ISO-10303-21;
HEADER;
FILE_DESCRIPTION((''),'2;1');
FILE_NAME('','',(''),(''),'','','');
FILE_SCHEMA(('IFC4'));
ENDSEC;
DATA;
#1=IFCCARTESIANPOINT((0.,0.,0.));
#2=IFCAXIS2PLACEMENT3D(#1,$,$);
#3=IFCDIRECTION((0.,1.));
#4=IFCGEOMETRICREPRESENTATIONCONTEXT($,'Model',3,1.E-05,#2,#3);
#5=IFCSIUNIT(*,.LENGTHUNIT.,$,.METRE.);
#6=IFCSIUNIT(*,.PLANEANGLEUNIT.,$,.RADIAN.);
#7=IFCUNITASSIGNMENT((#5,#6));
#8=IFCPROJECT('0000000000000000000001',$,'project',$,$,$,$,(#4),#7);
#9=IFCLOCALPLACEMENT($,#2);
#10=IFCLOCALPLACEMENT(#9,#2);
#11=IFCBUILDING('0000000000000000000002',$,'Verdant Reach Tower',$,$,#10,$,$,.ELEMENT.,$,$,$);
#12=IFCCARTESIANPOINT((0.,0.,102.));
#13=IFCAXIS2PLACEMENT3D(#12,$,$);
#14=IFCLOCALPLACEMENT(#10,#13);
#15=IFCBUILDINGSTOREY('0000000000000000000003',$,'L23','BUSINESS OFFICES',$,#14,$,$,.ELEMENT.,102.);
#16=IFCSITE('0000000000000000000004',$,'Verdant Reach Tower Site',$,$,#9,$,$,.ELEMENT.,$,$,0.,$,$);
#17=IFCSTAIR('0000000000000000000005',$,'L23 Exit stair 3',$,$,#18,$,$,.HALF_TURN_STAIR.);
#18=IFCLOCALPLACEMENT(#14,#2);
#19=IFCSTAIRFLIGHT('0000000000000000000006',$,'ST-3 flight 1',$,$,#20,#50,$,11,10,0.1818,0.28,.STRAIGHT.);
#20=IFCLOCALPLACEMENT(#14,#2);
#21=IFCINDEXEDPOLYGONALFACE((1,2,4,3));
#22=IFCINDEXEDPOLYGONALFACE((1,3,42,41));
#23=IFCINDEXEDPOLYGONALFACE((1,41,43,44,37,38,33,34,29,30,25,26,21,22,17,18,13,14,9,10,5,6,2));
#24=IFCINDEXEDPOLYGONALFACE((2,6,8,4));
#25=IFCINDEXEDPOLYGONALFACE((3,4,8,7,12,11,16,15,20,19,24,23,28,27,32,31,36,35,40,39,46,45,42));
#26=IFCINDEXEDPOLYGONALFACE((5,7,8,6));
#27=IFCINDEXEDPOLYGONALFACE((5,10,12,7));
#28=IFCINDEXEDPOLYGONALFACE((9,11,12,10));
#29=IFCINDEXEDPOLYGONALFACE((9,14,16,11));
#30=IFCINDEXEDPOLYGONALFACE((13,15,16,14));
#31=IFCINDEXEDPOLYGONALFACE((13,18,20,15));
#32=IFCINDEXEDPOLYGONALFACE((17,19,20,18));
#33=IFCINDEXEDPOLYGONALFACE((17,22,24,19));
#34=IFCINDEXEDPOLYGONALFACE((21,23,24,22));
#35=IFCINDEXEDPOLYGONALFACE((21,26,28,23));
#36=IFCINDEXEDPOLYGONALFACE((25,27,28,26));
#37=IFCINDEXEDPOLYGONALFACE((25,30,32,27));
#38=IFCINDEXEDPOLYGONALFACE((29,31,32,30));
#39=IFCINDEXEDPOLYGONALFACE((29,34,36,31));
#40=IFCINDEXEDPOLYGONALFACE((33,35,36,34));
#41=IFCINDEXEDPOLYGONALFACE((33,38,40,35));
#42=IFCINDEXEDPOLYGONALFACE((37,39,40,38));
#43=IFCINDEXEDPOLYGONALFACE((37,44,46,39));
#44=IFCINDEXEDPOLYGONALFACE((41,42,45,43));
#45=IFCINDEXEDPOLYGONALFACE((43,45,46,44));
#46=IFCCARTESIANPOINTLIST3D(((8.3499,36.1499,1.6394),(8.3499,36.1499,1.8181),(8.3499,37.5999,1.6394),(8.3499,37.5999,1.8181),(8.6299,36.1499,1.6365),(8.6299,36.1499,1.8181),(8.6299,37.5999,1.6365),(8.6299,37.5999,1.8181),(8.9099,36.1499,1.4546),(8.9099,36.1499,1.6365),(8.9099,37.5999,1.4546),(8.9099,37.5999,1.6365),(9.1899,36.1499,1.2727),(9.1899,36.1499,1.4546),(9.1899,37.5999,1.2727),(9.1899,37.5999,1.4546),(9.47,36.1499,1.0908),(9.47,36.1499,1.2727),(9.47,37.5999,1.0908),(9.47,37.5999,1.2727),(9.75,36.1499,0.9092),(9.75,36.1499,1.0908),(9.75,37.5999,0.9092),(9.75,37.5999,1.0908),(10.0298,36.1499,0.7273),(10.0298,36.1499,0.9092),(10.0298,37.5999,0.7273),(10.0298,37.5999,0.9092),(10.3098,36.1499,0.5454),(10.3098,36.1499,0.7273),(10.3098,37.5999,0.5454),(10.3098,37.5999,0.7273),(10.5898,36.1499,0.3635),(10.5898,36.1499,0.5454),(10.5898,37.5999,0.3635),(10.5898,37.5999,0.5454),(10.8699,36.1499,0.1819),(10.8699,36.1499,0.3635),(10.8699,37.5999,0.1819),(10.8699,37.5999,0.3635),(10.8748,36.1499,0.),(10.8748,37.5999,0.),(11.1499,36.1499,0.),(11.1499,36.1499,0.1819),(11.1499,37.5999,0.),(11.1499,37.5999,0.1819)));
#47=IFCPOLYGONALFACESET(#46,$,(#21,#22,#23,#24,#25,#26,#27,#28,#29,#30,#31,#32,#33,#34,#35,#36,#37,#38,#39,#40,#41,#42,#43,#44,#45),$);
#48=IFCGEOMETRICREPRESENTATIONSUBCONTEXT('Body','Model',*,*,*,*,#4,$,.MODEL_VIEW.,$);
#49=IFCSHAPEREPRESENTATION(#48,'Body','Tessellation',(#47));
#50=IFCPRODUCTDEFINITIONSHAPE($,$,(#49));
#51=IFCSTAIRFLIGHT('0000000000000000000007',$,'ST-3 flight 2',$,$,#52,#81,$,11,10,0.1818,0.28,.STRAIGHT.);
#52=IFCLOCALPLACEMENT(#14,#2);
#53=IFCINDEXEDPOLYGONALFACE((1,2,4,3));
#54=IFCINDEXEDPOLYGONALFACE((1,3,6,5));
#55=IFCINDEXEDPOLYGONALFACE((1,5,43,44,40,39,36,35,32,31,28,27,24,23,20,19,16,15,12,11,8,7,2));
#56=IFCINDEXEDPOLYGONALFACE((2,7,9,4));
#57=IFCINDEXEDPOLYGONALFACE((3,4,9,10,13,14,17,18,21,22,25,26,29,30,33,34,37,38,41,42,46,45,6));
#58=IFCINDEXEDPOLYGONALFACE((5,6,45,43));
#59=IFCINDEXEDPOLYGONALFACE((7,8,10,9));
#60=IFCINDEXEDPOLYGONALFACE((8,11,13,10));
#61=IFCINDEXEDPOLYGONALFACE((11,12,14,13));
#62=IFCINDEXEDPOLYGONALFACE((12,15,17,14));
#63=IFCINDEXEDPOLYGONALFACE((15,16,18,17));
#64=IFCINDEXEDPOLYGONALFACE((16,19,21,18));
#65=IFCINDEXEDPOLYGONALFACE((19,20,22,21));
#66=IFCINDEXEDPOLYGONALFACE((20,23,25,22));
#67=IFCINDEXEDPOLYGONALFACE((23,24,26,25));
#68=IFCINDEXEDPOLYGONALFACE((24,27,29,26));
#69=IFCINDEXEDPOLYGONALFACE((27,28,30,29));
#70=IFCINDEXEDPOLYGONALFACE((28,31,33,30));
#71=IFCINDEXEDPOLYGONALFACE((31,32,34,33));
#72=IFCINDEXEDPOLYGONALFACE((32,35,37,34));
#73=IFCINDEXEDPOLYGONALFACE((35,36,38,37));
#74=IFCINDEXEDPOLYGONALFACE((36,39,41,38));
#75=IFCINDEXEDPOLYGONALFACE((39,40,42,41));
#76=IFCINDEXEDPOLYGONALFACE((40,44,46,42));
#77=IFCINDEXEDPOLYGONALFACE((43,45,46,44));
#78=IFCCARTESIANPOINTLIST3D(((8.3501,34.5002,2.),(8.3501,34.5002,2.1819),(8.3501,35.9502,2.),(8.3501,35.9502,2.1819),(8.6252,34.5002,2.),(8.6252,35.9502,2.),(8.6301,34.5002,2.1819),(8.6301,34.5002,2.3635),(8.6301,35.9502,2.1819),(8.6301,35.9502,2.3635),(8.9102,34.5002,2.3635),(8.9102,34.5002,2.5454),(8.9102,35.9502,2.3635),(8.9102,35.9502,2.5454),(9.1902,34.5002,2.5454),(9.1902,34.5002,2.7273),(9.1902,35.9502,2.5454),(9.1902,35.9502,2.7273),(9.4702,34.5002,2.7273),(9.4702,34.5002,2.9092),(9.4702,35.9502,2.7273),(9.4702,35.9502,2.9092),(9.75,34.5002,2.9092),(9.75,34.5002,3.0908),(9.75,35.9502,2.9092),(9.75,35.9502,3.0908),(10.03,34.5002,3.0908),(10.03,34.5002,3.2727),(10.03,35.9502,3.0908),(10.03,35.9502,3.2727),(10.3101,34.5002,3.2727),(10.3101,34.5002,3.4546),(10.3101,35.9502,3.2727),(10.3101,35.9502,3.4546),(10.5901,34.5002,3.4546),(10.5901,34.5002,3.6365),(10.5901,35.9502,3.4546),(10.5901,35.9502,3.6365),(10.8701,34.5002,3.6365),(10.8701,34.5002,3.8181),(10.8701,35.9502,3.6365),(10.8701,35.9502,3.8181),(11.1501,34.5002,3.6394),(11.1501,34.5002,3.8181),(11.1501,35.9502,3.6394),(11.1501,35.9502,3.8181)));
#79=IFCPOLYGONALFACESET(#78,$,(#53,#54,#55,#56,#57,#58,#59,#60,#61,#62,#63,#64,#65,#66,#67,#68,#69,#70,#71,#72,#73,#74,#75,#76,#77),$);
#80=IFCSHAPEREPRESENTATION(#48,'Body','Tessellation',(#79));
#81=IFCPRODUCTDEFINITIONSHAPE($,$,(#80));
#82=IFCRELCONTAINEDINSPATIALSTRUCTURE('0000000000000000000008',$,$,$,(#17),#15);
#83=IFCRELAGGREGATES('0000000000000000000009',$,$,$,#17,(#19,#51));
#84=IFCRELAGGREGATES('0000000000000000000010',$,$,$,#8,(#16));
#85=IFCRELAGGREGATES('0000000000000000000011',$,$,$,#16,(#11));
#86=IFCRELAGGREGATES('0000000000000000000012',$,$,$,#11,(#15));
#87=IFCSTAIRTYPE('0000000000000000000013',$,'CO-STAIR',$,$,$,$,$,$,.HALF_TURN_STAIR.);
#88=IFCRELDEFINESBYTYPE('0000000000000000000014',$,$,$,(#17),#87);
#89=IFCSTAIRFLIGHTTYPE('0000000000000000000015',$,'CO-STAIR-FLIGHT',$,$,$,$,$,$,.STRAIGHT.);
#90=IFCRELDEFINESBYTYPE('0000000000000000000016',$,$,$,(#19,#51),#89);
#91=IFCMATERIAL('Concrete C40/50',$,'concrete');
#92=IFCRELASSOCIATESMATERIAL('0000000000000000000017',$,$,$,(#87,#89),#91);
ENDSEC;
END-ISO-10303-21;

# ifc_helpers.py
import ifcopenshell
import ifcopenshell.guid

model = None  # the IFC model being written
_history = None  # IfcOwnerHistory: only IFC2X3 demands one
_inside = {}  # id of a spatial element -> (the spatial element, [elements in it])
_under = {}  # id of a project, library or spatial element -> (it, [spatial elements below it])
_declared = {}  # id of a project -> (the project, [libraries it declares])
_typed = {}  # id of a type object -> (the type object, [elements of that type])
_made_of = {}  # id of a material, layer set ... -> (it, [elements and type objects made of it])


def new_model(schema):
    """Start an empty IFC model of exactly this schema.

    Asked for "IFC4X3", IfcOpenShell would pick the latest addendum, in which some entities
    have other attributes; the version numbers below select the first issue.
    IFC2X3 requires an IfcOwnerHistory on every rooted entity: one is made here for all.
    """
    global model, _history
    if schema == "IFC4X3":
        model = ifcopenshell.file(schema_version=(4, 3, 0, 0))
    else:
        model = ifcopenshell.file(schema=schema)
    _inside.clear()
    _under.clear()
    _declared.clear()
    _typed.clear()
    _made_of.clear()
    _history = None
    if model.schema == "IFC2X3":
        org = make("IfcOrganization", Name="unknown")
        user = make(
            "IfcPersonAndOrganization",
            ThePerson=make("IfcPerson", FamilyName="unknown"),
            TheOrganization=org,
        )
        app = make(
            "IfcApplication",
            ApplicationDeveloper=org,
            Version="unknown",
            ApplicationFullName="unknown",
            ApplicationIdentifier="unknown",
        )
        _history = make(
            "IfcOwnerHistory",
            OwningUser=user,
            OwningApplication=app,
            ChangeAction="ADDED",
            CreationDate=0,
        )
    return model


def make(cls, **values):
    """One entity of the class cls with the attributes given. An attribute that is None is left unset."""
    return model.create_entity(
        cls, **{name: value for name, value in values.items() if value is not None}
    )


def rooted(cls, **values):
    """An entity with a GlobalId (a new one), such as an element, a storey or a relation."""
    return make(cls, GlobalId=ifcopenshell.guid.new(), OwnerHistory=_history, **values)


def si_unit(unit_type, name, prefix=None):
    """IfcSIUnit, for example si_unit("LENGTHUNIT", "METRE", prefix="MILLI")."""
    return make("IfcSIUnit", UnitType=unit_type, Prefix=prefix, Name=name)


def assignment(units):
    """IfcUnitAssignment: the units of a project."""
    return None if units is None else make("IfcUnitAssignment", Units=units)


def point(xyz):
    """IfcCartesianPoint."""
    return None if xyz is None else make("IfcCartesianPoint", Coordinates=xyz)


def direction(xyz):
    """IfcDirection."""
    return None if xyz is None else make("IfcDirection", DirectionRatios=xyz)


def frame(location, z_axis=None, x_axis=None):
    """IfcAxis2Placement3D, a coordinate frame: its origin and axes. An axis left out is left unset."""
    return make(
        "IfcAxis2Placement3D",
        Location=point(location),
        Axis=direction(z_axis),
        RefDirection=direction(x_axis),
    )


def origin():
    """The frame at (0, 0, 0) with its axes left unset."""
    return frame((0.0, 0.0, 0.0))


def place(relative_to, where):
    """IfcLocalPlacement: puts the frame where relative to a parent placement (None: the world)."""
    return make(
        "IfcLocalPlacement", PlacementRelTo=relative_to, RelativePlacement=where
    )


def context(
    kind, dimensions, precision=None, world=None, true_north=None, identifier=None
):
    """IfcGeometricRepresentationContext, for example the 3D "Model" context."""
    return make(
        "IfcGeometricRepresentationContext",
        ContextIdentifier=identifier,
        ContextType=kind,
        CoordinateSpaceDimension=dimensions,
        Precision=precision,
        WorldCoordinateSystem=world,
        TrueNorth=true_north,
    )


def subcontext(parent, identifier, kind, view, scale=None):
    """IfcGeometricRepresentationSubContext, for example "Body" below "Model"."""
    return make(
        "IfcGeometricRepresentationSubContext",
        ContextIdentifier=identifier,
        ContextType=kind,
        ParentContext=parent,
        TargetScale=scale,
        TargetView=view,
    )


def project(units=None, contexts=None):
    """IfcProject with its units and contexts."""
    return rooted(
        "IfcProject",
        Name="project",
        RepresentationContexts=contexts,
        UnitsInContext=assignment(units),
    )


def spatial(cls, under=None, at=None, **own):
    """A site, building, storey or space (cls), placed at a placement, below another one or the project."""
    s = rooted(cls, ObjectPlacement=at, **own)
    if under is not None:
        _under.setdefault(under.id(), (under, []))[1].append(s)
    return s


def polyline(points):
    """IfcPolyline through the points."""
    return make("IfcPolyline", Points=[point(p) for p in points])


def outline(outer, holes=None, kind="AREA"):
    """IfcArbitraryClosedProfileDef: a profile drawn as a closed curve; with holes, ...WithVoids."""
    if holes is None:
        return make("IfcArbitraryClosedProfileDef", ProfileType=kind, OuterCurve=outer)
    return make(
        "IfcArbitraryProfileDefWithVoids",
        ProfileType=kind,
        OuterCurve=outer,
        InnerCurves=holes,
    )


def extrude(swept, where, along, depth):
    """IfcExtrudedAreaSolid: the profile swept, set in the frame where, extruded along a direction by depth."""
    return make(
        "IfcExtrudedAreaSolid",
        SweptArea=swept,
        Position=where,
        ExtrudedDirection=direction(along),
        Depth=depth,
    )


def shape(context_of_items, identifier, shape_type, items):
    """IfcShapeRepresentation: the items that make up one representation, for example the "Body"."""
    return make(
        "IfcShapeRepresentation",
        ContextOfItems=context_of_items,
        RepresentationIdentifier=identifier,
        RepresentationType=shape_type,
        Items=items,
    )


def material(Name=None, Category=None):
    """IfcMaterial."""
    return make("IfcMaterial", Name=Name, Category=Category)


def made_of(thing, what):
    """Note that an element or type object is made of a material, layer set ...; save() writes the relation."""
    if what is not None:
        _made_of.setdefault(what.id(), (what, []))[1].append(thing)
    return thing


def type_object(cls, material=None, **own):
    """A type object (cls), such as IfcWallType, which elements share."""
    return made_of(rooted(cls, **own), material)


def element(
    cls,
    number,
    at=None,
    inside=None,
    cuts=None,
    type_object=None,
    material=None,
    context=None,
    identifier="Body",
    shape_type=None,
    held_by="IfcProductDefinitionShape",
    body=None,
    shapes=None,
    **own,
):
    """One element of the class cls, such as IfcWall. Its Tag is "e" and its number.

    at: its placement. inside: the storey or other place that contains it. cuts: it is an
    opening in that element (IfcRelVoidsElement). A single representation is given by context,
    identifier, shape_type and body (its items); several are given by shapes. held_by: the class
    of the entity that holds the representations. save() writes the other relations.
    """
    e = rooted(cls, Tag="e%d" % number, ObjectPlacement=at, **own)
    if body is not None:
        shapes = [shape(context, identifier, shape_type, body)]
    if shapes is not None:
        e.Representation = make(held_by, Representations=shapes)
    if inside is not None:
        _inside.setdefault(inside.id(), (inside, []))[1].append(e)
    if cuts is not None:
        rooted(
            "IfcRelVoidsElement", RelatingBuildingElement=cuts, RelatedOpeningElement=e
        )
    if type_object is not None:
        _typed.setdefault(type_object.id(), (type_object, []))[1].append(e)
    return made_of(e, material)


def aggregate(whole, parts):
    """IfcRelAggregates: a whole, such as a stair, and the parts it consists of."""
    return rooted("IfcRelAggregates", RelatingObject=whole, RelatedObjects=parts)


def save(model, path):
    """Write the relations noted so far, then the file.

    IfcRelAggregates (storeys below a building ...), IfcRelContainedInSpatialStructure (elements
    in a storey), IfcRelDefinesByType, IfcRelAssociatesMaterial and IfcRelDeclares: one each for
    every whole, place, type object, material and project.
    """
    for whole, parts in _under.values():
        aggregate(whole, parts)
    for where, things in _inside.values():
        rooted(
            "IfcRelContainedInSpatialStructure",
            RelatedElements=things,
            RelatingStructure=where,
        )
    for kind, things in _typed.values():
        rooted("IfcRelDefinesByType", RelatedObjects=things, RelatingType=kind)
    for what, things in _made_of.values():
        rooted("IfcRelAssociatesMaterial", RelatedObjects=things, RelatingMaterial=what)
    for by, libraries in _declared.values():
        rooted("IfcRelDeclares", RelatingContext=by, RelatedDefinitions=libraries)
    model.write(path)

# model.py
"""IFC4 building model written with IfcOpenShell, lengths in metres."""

from ifc_helpers import new_model, si_unit, direction, frame, origin, place, context, subcontext, project, spatial, polyline, outline, extrude, material, type_object, element, aggregate, save


model = new_model("IFC4")

# Units and contexts
model_context = context("Model", 3, precision=1e-05, world=origin(), true_north=direction((0.0, 1.0)))
body_context = subcontext(model_context, "Body", "Model", "MODEL_VIEW")
ifc_project = project(units=[si_unit("LENGTHUNIT", "METRE"), si_unit("PLANEANGLEUNIT", "RADIAN")], contexts=[model_context])

# Site, building, storey
site_placement = place(None, origin())
site = spatial("IfcSite", under=ifc_project, at=site_placement, Name="Verdant Reach Tower Site", CompositionType="ELEMENT", RefElevation=0.0)
building_placement = place(site_placement, origin())
building = spatial("IfcBuilding", under=site, at=building_placement, Name="Verdant Reach Tower", CompositionType="ELEMENT")
storey_placement = place(building_placement, frame((0.0, 0.0, 102.0)))
storey = spatial("IfcBuildingStorey", under=building, at=storey_placement, Name="L23", Description="BUSINESS OFFICES", CompositionType="ELEMENT", Elevation=102.0)

# Shared definitions
ifc_material_1 = material(Name="Concrete C40/50", Category="concrete")

# Shared definitions
stair_type = type_object("IfcStairType", Name="CO-STAIR", PredefinedType="HALF_TURN_STAIR", material=ifc_material_1)
stair_flight_type = type_object("IfcStairFlightType", Name="CO-STAIR-FLIGHT", PredefinedType="STRAIGHT", material=ifc_material_1)

# Stair, stair flights
stair_1_placement = place(storey_placement, origin())
stair_1 = element("IfcStair", 1, at=stair_1_placement, inside=storey, type_object=stair_type, Name="L23 Exit stair 3", PredefinedType="HALF_TURN_STAIR")
stair_flight_1_placement = place(storey_placement, frame((11.1499, 36.875, 0.0), z_axis=(0.0, 0.0, 1.0), x_axis=(-1.0, 0.0, 0.0)))
stair_flight_1 = element("IfcStairFlight", 2, at=stair_flight_1_placement, type_object=stair_flight_type, Name="ST-3 flight 1", NumberOfRisers=11, NumberOfTreads=10, PredefinedType="STRAIGHT", RiserHeight=0.1818, TreadLength=0.28, context=body_context, shape_type="SweptSolid", body=[
    extrude(outline(polyline([(0.0, 0.0), (0.0, 0.1819), (0.28, 0.1819), (0.28, 0.3635), (0.5601, 0.3635), (0.5601, 0.5454), (0.8401, 0.5454), (0.8401, 0.7273), (1.1201, 0.7273), (1.1201, 0.9092), (1.3999, 0.9092), (1.3999, 1.0908), (1.6799, 1.0908), (1.6799, 1.2727), (1.96, 1.2727), (1.96, 1.4546), (2.24, 1.4546), (2.24, 1.6365), (2.52, 1.6365), (2.52, 1.8181), (2.8, 1.8181), (2.8, 2.0), (2.8, 1.6394), (0.2751, 0.0), (0.0, 0.0)])), frame((0.0, 0.7251, 0.0), z_axis=(0.0, -1.0, 0.0), x_axis=(1.0, 0.0, 0.0)), (0.0, 0.0, 1.0), 1.45),
])
stair_flight_2_placement = place(storey_placement, frame((8.3501, 35.2251, 2.0), z_axis=(0.0, 0.0, 1.0), x_axis=(1.0, 0.0, 0.0)))
stair_flight_2 = element("IfcStairFlight", 3, at=stair_flight_2_placement, type_object=stair_flight_type, Name="ST-3 flight 2", NumberOfRisers=11, NumberOfTreads=10, PredefinedType="STRAIGHT", RiserHeight=0.1818, TreadLength=0.28, context=body_context, shape_type="SweptSolid", body=[
    extrude(outline(polyline([(0.0, 0.0), (0.0, 0.1819), (0.28, 0.1819), (0.28, 0.3635), (0.5601, 0.3635), (0.5601, 0.5454), (0.8401, 0.5454), (0.8401, 0.7273), (1.1201, 0.7273), (1.1201, 0.9092), (1.3999, 0.9092), (1.3999, 1.0908), (1.6799, 1.0908), (1.6799, 1.2727), (1.96, 1.2727), (1.96, 1.4546), (2.24, 1.4546), (2.24, 1.6365), (2.52, 1.6365), (2.52, 1.8181), (2.8, 1.8181), (2.8, 2.0), (2.8, 1.6394), (0.2751, 0.0), (0.0, 0.0)])), frame((0.0, 0.7251, 0.0), z_axis=(0.0, -1.0, 0.0), x_axis=(1.0, 0.0, 0.0)), (0.0, 0.0, 1.0), 1.45),
])
aggregate(stair_1, [stair_flight_1, stair_flight_2])

save(model, "model.ifc")
